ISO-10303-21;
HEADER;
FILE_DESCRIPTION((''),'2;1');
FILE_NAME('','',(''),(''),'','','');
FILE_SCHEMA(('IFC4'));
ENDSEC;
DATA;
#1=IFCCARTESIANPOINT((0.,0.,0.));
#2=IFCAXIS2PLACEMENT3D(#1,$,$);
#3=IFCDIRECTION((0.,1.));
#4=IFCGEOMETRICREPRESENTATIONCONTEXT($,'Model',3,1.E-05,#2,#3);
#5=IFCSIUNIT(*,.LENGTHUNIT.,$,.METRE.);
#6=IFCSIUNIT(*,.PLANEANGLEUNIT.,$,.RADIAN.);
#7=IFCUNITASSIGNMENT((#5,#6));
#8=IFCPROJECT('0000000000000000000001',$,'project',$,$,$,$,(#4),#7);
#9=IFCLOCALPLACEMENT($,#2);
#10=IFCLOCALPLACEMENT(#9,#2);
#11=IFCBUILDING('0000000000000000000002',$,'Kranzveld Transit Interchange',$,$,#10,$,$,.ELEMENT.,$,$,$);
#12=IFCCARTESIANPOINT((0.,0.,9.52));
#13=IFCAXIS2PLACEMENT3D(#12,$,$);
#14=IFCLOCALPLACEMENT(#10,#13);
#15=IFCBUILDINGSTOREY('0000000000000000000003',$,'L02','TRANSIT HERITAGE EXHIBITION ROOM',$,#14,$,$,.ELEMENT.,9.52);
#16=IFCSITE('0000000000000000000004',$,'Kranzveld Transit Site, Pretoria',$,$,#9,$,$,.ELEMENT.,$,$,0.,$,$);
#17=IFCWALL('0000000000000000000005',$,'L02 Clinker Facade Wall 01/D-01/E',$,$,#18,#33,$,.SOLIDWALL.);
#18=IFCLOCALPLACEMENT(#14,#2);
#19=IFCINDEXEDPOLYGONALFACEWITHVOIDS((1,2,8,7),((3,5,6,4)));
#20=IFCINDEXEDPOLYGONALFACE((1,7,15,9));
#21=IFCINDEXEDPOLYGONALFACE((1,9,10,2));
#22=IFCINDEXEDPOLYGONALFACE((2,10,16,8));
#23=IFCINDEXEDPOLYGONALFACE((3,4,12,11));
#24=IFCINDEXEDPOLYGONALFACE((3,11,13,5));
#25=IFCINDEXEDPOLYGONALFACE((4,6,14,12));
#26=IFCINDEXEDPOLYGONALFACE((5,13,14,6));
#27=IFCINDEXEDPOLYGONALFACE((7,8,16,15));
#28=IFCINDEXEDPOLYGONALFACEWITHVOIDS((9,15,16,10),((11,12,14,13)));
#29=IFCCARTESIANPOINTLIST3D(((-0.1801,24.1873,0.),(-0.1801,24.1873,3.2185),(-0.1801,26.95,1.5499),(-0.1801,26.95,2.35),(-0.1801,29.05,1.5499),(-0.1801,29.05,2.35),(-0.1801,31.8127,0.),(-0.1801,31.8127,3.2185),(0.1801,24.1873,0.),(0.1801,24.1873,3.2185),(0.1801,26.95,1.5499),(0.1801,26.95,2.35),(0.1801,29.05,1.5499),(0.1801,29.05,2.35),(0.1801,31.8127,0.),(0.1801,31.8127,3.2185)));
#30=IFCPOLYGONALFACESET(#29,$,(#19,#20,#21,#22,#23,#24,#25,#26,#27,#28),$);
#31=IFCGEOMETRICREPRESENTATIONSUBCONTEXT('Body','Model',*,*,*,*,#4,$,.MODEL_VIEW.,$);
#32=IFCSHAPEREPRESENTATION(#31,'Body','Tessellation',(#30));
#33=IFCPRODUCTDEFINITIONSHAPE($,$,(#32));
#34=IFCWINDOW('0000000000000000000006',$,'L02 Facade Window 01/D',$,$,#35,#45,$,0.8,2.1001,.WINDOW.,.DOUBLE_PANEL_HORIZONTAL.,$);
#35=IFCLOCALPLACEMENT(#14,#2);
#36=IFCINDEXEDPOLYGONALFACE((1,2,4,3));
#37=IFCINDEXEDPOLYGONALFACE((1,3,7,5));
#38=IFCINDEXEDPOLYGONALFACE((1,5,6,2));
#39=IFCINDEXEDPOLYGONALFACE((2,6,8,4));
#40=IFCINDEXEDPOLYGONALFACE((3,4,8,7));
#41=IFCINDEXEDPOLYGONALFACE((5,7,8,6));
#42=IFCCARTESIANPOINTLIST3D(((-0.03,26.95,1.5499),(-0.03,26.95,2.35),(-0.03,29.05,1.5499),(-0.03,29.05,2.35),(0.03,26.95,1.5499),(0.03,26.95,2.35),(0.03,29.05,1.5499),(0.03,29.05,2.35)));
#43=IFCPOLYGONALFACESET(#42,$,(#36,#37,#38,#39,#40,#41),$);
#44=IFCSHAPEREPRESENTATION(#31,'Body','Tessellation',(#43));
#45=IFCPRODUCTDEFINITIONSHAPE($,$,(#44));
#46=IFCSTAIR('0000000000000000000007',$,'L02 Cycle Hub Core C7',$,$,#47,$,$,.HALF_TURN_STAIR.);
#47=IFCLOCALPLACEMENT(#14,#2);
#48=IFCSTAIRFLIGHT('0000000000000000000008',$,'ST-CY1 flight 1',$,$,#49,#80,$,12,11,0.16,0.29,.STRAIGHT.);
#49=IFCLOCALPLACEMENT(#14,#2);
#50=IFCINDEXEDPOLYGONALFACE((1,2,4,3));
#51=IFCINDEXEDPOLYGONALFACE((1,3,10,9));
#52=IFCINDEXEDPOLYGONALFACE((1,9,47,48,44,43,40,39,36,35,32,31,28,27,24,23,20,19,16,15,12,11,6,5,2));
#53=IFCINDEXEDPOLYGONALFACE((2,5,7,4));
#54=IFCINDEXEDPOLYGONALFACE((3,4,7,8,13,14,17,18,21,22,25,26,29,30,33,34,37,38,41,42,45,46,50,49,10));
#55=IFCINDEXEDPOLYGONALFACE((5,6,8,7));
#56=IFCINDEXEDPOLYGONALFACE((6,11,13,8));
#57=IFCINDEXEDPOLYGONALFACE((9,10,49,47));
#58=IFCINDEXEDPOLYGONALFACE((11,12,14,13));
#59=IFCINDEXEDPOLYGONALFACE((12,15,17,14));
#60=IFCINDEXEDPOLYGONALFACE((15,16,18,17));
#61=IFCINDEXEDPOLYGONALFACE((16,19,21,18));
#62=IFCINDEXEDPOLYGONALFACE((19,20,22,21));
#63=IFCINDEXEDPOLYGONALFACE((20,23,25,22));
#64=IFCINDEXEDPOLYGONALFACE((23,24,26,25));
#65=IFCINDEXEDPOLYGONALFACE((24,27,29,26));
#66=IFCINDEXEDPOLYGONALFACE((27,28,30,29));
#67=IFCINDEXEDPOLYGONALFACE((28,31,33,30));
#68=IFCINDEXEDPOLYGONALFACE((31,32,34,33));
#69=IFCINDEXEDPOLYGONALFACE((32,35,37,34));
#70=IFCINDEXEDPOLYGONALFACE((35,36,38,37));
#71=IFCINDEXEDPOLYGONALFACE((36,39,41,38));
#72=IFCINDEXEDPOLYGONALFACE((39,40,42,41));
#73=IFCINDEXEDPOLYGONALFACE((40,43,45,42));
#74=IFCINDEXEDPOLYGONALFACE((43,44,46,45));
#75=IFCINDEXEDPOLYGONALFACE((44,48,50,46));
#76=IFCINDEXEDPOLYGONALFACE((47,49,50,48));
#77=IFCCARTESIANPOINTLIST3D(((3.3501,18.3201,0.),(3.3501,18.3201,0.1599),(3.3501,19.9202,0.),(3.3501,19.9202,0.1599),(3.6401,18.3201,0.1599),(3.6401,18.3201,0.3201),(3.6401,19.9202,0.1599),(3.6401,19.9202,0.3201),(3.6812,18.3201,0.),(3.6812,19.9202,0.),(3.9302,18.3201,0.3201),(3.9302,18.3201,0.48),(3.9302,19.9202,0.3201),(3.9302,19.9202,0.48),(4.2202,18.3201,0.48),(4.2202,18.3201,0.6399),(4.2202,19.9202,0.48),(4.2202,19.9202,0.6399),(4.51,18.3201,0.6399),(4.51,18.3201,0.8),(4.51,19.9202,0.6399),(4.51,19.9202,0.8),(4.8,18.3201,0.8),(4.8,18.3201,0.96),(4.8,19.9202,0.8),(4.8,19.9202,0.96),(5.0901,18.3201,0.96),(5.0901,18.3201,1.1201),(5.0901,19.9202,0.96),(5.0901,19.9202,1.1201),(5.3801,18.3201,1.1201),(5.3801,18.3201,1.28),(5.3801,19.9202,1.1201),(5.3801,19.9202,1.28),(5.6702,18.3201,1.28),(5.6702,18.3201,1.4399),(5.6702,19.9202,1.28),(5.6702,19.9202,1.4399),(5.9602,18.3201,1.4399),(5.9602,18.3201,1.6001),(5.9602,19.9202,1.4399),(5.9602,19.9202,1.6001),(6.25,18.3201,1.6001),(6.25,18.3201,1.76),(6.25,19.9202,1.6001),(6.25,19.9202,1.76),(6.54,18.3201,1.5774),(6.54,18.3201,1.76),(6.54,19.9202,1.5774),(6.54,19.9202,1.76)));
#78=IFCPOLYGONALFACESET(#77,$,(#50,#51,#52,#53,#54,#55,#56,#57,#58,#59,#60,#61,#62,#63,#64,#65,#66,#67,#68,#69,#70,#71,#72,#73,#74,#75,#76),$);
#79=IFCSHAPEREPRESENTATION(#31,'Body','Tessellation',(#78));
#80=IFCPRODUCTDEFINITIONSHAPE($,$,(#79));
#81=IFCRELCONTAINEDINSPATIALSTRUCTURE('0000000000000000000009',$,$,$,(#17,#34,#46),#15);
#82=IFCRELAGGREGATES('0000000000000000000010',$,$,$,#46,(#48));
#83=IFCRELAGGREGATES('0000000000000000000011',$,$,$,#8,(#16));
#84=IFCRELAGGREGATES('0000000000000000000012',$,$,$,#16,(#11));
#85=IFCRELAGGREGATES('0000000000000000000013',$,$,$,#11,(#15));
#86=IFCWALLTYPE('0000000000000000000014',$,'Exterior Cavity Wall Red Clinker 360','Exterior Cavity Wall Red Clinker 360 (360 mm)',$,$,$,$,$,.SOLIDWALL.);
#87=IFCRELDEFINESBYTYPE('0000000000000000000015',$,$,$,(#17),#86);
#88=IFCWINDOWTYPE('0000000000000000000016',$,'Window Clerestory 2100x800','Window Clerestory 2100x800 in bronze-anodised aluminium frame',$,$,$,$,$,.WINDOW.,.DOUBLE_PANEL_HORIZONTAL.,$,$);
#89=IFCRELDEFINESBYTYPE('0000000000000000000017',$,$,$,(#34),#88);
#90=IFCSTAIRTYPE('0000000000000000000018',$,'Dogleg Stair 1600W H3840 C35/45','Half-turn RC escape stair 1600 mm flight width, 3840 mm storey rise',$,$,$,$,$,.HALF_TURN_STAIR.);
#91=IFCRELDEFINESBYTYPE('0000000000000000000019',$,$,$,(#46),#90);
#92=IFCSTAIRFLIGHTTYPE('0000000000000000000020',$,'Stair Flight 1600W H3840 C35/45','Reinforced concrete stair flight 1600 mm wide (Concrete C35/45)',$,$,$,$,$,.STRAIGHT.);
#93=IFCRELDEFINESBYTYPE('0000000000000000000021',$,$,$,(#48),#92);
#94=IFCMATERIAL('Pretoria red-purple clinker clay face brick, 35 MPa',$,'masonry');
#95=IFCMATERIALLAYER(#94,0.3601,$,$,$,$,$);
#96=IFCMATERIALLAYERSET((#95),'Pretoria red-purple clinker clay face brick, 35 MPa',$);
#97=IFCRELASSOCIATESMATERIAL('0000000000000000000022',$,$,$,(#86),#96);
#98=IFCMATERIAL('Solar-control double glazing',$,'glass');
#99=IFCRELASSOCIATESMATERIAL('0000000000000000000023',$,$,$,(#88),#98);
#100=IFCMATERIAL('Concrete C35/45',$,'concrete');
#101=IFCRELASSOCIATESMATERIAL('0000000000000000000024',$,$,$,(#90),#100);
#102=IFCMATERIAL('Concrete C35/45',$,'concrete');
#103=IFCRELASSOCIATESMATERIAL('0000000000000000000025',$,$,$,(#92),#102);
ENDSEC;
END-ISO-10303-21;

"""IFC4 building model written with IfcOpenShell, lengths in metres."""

from ifc_helpers import new_model, si_unit, direction, frame, frame_2d, origin, place, context, subcontext, project, spatial, polyline, rectangle, outline, extrude, material, layer, layer_set, type_object, element, fill, aggregate, save


model = new_model("IFC4")

# Units and contexts
model_context = context("Model", 3, precision=1e-05, world=origin(), true_north=direction((0.0, 1.0)))
body_context = subcontext(model_context, "Body", "Model", "MODEL_VIEW")
ifc_project = project(units=[si_unit("LENGTHUNIT", "METRE"), si_unit("PLANEANGLEUNIT", "RADIAN")], contexts=[model_context])

# Site, building, storey
site_placement = place(None, origin())
site = spatial("IfcSite", under=ifc_project, at=site_placement, Name="Kranzveld Transit Site, Pretoria", CompositionType="ELEMENT", RefElevation=0.0)
building_placement = place(site_placement, origin())
building = spatial("IfcBuilding", under=site, at=building_placement, Name="Kranzveld Transit Interchange", CompositionType="ELEMENT")
storey_placement = place(building_placement, frame((0.0, 0.0, 9.52)))
storey = spatial("IfcBuildingStorey", under=building, at=storey_placement, Name="L02", Description="TRANSIT HERITAGE EXHIBITION ROOM", CompositionType="ELEMENT", Elevation=9.52)

# Shared definitions
ifc_material_1 = material(Name="Pretoria red-purple clinker clay face brick, 35 MPa", Category="masonry")
ifc_layer_1 = layer(ifc_material_1, 0.3601)
ifc_layer_set_1 = layer_set([ifc_layer_1], Name="Pretoria red-purple clinker clay face brick, 35 MPa")
wall_type_1 = type_object("IfcWallType", Name="Exterior Cavity Wall Red Clinker 360", Description="Exterior Cavity Wall Red Clinker 360 (360 mm)", PredefinedType="SOLIDWALL", material=ifc_layer_set_1)

# Wall, opening, window
wall_1_placement = place(storey_placement, frame((0.0, 24.1873, 0.0), z_axis=(0.0, 0.0, 1.0), x_axis=(0.0, 1.0, 0.0)))
wall_1 = element("IfcWall", 1, at=wall_1_placement, inside=storey, type_object=wall_type_1, Name="L02 Clinker Facade Wall 01/D-01/E", PredefinedType="SOLIDWALL", context=body_context, shape_type="SweptSolid", body=[
    extrude(rectangle(XDim=7.6255, YDim=0.3601, at=frame_2d((3.8127, 0.0))), origin(), (0.0, 0.0, 1.0), 3.2185),
])
opening_1_placement = place(wall_1_placement, frame((2.7627, 0.0, 1.55), z_axis=(0.0, 0.0, 1.0), x_axis=(1.0, 0.0, 0.0)))
opening_1 = element("IfcOpeningElement", 2, at=opening_1_placement, cuts=wall_1, PredefinedType="OPENING", context=body_context, shape_type="SweptSolid", body=[
    extrude(rectangle(XDim=2.1001, YDim=0.8, at=frame_2d((1.05, 0.3999))), frame((0.0, 0.1899, 0.0), z_axis=(0.0, -1.0, 0.0), x_axis=(1.0, 0.0, 0.0)), (0.0, 0.0, 1.0), 0.3801),
])
ifc_material_2 = material(Name="Solar-control double glazing", Category="glass")
window_type = type_object("IfcWindowType", Name="Window Clerestory 2100x800", Description="Window Clerestory 2100x800 in bronze-anodised aluminium frame", PartitioningType="DOUBLE_PANEL_HORIZONTAL", PredefinedType="WINDOW", material=ifc_material_2)
window_placement = place(opening_1_placement, origin())
window = element("IfcWindow", 3, at=window_placement, inside=storey, type_object=window_type, Name="L02 Facade Window 01/D", OverallHeight=0.8, OverallWidth=2.1001, PartitioningType="DOUBLE_PANEL_HORIZONTAL", PredefinedType="WINDOW", context=body_context, shape_type="SweptSolid", body=[
    extrude(rectangle(XDim=2.1001, YDim=0.8, at=frame_2d((1.05, 0.3999))), frame((0.0, 0.03, 0.0), z_axis=(0.0, -1.0, 0.0), x_axis=(1.0, 0.0, 0.0)), (0.0, 0.0, 1.0), 0.0601),
])
fill(opening_1, window)

# Stair, stair flight
ifc_material_3 = material(Name="Concrete C35/45", Category="concrete")
stair_type = type_object("IfcStairType", Name="Dogleg Stair 1600W H3840 C35/45", Description="Half-turn RC escape stair 1600 mm flight width, 3840 mm storey rise", PredefinedType="HALF_TURN_STAIR", material=ifc_material_3)
stair_placement = place(storey_placement, origin())
stair = element("IfcStair", 4, at=stair_placement, inside=storey, type_object=stair_type, Name="L02 Cycle Hub Core C7", PredefinedType="HALF_TURN_STAIR")
ifc_material_4 = material(Name="Concrete C35/45", Category="concrete")
stair_flight_type = type_object("IfcStairFlightType", Name="Stair Flight 1600W H3840 C35/45", Description="Reinforced concrete stair flight 1600 mm wide (Concrete C35/45)", PredefinedType="STRAIGHT", material=ifc_material_4)
stair_flight_placement = place(storey_placement, frame((3.3501, 19.1201, 0.0), z_axis=(0.0, 0.0, 1.0), x_axis=(1.0, 0.0, 0.0)))
stair_flight = element("IfcStairFlight", 5, at=stair_flight_placement, type_object=stair_flight_type, Name="ST-CY1 flight 1", NumberOfRisers=12, NumberOfTreads=11, PredefinedType="STRAIGHT", RiserHeight=0.16, TreadLength=0.29, context=body_context, shape_type="SweptSolid", body=[
    extrude(outline(polyline([(0.0, 0.0), (0.0, 0.1599), (0.29, 0.1599), (0.29, 0.3201), (0.5801, 0.3201), (0.5801, 0.48), (0.8701, 0.48), (0.8701, 0.6399), (1.1599, 0.6399), (1.1599, 0.8), (1.45, 0.8), (1.45, 0.96), (1.74, 0.96), (1.74, 1.1201), (2.03, 1.1201), (2.03, 1.28), (2.3201, 1.28), (2.3201, 1.4399), (2.6101, 1.4399), (2.6101, 1.6001), (2.8999, 1.6001), (2.8999, 1.76), (3.1899, 1.76), (3.1899, 1.9199), (3.1899, 1.5774), (0.3311, 0.0), (0.0, 0.0)])), frame((0.0, 0.8, 0.0), z_axis=(0.0, -1.0, 0.0), x_axis=(1.0, 0.0, 0.0)), (0.0, 0.0, 1.0), 1.6001),
])
aggregate(stair, [stair_flight])

save(model, "model.ifc")
